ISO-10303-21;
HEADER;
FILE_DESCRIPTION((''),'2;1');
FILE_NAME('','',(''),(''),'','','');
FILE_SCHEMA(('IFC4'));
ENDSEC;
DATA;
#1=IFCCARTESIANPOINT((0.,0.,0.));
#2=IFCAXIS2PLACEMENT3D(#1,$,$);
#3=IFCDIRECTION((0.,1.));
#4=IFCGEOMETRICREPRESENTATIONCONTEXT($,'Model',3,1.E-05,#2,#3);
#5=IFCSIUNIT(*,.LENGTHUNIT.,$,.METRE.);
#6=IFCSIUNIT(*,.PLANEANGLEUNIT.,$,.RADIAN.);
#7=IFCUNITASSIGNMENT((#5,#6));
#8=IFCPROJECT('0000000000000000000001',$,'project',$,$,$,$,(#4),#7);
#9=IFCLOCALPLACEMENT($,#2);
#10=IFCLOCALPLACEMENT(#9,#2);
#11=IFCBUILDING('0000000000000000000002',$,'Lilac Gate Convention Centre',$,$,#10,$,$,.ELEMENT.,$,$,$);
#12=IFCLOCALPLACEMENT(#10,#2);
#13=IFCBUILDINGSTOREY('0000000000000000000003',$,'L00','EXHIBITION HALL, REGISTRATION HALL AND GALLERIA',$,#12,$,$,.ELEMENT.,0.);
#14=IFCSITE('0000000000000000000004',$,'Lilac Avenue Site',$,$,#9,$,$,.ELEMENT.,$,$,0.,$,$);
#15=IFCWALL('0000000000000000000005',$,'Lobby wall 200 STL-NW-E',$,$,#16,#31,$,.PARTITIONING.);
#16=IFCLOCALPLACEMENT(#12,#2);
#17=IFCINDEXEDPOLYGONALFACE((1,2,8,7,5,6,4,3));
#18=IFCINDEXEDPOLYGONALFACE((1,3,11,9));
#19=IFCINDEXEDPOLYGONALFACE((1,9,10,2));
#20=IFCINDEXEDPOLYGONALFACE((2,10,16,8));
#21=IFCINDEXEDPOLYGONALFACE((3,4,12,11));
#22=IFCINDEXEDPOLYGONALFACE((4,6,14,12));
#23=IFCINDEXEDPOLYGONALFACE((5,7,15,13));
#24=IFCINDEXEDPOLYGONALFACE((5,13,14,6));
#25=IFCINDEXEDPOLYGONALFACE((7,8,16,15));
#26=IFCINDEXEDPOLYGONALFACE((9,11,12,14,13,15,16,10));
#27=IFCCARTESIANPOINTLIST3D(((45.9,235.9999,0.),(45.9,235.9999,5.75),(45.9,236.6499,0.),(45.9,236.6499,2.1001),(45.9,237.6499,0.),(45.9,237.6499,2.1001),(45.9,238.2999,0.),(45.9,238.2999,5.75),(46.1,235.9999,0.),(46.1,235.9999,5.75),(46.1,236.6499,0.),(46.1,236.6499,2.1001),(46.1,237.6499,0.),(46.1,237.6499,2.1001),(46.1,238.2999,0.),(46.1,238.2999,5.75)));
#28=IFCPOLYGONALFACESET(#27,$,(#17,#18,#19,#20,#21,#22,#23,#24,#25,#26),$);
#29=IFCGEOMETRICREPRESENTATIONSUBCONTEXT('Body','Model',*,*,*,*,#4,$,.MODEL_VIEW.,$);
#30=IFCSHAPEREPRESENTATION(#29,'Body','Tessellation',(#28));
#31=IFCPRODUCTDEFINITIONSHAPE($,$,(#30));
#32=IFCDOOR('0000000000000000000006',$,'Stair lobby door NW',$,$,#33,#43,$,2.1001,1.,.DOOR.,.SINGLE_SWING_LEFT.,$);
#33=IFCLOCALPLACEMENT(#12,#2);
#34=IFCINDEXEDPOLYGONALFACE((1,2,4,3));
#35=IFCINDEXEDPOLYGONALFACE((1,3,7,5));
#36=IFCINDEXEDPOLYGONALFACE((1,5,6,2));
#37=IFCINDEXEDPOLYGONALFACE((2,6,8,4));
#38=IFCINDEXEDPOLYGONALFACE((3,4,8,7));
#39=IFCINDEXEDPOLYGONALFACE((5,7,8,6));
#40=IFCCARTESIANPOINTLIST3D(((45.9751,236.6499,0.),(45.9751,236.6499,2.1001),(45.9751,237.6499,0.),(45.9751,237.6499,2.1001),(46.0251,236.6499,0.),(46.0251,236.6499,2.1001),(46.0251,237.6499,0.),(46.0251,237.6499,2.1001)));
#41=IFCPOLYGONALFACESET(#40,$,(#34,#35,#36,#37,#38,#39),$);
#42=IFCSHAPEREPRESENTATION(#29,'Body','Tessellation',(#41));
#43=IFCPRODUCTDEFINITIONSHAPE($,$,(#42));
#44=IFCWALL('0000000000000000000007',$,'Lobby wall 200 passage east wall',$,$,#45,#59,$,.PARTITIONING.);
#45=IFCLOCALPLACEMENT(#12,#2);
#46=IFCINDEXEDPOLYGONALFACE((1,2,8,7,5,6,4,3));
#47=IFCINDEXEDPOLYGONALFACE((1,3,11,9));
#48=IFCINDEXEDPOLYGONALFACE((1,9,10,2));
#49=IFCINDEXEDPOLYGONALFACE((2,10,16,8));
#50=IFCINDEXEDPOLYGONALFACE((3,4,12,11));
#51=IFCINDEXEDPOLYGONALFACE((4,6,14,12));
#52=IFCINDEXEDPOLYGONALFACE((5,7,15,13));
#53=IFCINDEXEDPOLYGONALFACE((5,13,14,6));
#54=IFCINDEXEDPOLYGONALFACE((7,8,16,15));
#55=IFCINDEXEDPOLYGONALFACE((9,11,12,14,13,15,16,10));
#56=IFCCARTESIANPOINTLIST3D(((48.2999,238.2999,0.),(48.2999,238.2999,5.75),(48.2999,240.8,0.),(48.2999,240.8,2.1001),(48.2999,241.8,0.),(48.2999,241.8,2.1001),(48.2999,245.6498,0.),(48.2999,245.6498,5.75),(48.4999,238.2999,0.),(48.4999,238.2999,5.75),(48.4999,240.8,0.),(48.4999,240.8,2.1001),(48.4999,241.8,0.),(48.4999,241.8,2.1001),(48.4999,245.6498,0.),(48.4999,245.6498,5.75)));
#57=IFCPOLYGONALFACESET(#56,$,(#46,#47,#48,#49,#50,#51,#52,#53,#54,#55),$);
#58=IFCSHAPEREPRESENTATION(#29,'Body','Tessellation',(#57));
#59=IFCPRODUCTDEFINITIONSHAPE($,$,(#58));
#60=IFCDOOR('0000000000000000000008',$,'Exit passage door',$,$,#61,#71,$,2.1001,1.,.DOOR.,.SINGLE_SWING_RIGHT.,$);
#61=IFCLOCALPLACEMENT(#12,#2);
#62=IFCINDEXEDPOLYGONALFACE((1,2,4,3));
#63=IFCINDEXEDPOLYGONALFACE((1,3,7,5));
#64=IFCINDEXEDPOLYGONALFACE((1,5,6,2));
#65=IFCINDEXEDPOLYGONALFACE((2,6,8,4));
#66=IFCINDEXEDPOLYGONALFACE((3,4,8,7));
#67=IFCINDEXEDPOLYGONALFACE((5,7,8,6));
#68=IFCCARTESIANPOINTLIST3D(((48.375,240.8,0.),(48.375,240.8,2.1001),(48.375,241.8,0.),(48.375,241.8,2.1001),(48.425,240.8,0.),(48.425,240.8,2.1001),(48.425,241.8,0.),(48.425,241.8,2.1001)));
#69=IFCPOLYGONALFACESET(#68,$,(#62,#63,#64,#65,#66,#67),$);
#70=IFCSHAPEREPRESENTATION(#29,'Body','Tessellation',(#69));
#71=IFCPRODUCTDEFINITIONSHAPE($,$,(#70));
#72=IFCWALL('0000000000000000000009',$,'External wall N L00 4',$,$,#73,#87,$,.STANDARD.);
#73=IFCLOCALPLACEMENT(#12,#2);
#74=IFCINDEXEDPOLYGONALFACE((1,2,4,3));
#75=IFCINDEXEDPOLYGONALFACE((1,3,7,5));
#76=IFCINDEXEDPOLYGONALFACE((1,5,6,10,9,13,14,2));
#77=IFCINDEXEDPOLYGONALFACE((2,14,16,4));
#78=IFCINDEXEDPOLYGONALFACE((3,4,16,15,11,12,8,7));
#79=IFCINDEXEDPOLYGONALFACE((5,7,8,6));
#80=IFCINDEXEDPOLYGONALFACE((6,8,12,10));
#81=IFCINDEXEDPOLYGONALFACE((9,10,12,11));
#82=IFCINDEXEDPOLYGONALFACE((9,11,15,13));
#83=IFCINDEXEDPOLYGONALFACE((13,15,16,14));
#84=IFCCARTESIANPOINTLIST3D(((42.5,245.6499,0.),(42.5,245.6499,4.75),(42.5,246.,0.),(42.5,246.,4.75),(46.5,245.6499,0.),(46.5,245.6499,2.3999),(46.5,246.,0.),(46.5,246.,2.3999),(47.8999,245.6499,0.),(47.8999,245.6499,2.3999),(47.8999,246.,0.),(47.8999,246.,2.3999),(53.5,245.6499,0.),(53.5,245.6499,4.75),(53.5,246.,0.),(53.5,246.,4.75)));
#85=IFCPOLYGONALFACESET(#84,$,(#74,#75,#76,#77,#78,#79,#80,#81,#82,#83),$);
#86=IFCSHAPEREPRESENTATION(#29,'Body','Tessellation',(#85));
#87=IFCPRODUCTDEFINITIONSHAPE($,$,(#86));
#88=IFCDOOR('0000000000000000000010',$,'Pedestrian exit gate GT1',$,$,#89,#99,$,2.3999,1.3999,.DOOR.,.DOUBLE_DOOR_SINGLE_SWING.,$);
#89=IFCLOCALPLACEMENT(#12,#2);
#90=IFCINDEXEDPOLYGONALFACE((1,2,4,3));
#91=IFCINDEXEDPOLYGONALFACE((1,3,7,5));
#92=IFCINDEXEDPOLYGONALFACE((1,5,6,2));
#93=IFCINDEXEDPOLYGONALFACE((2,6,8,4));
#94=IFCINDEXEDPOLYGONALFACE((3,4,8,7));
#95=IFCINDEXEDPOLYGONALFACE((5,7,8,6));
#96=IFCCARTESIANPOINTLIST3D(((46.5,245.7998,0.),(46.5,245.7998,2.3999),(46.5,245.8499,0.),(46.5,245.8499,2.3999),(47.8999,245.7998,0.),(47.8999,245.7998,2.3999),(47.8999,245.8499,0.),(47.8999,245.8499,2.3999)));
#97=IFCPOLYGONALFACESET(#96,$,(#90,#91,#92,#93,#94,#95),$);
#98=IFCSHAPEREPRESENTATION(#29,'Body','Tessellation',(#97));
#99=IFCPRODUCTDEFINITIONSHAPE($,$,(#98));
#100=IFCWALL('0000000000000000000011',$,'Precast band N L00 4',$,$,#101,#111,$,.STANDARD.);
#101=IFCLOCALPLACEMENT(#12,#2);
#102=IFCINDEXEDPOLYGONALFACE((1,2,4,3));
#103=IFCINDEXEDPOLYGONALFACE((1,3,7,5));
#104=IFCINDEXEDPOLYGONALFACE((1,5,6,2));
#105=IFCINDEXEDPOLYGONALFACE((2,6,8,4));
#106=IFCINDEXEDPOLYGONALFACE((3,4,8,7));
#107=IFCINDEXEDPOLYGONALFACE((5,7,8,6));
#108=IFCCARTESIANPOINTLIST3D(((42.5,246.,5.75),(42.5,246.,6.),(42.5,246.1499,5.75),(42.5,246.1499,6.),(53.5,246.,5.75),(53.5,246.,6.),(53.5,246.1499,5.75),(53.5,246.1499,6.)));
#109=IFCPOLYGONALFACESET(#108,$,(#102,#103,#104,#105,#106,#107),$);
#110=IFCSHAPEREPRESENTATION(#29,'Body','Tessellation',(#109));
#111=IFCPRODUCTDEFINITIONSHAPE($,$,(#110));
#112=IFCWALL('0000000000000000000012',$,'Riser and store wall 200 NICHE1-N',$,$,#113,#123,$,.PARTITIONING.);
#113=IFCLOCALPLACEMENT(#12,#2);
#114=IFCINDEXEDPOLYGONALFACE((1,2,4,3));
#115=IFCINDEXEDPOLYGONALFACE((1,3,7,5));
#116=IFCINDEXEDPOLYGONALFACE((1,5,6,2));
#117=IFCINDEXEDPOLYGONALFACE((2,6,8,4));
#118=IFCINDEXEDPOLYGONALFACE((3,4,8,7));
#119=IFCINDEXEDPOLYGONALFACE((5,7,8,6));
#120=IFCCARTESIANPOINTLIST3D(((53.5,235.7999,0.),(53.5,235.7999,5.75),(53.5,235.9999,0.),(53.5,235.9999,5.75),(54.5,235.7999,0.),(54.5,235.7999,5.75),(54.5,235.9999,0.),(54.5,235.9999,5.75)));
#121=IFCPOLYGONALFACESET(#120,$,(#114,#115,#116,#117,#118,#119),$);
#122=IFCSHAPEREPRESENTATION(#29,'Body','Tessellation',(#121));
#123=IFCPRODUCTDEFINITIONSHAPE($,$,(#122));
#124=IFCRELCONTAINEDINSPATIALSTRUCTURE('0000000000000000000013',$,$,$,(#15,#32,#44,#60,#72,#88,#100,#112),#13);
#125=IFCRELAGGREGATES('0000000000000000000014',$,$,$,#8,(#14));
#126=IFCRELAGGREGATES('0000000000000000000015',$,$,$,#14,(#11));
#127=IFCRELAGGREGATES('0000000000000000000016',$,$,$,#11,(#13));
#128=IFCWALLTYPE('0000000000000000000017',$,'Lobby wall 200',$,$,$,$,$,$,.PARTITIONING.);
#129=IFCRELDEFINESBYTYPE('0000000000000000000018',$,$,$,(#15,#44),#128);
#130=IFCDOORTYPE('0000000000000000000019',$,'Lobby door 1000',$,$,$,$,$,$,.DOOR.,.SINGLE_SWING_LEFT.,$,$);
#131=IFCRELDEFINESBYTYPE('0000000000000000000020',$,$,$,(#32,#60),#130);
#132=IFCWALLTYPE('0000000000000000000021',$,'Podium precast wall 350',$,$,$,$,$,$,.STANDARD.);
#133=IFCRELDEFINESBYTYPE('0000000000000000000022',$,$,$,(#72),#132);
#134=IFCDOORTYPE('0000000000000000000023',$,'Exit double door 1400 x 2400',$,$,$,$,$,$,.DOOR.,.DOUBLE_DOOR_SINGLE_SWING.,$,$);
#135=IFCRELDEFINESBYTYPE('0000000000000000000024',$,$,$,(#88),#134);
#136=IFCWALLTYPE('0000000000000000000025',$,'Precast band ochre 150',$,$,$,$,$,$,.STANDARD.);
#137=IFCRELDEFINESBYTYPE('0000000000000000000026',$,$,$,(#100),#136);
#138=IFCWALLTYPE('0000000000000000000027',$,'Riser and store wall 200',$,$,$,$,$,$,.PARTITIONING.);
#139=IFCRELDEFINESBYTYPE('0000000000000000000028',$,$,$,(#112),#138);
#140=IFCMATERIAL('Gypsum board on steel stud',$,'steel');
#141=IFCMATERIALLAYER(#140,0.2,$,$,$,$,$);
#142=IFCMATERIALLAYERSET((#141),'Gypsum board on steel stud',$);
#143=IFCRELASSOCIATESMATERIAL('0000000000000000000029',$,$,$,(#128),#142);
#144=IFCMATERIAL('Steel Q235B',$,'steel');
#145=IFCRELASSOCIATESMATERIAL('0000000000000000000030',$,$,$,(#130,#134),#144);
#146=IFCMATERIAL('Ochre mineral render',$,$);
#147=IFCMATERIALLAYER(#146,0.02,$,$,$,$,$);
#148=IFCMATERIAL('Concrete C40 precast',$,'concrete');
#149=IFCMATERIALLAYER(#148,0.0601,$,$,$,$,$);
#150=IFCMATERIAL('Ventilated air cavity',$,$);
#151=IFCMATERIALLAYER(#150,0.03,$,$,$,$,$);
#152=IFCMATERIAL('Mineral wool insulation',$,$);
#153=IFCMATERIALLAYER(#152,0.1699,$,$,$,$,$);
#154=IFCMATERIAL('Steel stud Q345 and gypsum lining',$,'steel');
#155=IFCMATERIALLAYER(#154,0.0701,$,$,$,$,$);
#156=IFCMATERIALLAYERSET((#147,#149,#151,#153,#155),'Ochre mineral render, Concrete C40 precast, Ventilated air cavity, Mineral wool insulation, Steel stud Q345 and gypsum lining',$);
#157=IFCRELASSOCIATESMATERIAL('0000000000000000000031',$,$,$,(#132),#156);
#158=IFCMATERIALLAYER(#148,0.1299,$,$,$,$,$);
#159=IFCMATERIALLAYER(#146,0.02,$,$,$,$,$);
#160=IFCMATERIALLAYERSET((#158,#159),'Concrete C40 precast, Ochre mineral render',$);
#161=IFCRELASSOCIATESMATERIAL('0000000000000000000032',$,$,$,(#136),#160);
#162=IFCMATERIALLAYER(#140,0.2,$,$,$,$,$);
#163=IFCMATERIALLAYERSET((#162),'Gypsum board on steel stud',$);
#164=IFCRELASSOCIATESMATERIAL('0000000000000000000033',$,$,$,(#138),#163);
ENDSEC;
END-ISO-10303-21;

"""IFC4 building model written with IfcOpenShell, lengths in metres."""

from ifc_helpers import new_model, si_unit, direction, frame, frame_2d, origin, place, context, subcontext, project, spatial, rectangle, extrude, material, layer, layer_set, type_object, element, fill, save


model = new_model("IFC4")

# Units and contexts
model_context = context("Model", 3, precision=1e-05, world=origin(), true_north=direction((0.0, 1.0)))
body_context = subcontext(model_context, "Body", "Model", "MODEL_VIEW")
ifc_project = project(units=[si_unit("LENGTHUNIT", "METRE"), si_unit("PLANEANGLEUNIT", "RADIAN")], contexts=[model_context])

# Site, building, storey
site_placement = place(None, origin())
site = spatial("IfcSite", under=ifc_project, at=site_placement, Name="Lilac Avenue Site", CompositionType="ELEMENT", RefElevation=0.0)
building_placement = place(site_placement, origin())
building = spatial("IfcBuilding", under=site, at=building_placement, Name="Lilac Gate Convention Centre", CompositionType="ELEMENT")
storey_placement = place(building_placement, origin())
storey = spatial("IfcBuildingStorey", under=building, at=storey_placement, Name="L00", Description="EXHIBITION HALL, REGISTRATION HALL AND GALLERIA", CompositionType="ELEMENT", Elevation=0.0)

# Shared definitions
ifc_material_1 = material(Name="Steel Q235B", Category="steel")

# Walls, openings, doors
ifc_material_2 = material(Name="Gypsum board on steel stud", Category="steel")
ifc_layer_1 = layer(ifc_material_2, 0.2)
ifc_layer_set_1 = layer_set([ifc_layer_1], Name="Gypsum board on steel stud")
wall_type_1 = type_object("IfcWallType", Name="Lobby wall 200", PredefinedType="PARTITIONING", material=ifc_layer_set_1)
wall_1_placement = place(storey_placement, frame((46.0, 236.0, 0.0), z_axis=(0.0, 0.0, 1.0), x_axis=(0.0, 1.0, 0.0)))
wall_1 = element("IfcWall", 1, at=wall_1_placement, inside=storey, type_object=wall_type_1, Name="Lobby wall 200 STL-NW-E", PredefinedType="PARTITIONING", context=body_context, shape_type="SweptSolid", body=[
    extrude(rectangle(XDim=2.3, YDim=0.2, at=frame_2d((1.1499, 0.0))), origin(), (0.0, 0.0, 1.0), 5.75),
])
opening_1_placement = place(wall_1_placement, frame((0.6499, 0.0, 0.0)))
opening_1 = element("IfcOpeningElement", 2, at=opening_1_placement, cuts=wall_1, PredefinedType="OPENING", context=body_context, shape_type="SweptSolid", body=[
    extrude(rectangle(XDim=1.0, YDim=2.1001, at=frame_2d((0.5, 1.05))), frame((0.0, 0.1099, 0.0), z_axis=(0.0, -1.0, 0.0), x_axis=(1.0, 0.0, 0.0)), (0.0, 0.0, 1.0), 0.22),
])
door_type_1 = type_object("IfcDoorType", Name="Lobby door 1000", OperationType="SINGLE_SWING_LEFT", PredefinedType="DOOR", material=ifc_material_1)
door_1_placement = place(opening_1_placement, origin())
door_1 = element("IfcDoor", 3, at=door_1_placement, inside=storey, type_object=door_type_1, Name="Stair lobby door NW", OperationType="SINGLE_SWING_LEFT", OverallHeight=2.1001, OverallWidth=1.0, PredefinedType="DOOR", context=body_context, shape_type="SweptSolid", body=[
    extrude(rectangle(XDim=1.0, YDim=2.1001, at=frame_2d((0.5, 1.05))), frame((0.0, 0.0249, 0.0), z_axis=(0.0, -1.0, 0.0), x_axis=(1.0, 0.0, 0.0)), (0.0, 0.0, 1.0), 0.05),
])
fill(opening_1, door_1)
wall_2_placement = place(storey_placement, frame((48.3999, 238.3, 0.0), z_axis=(0.0, 0.0, 1.0), x_axis=(0.0, 1.0, 0.0)))
wall_2 = element("IfcWall", 4, at=wall_2_placement, inside=storey, type_object=wall_type_1, Name="Lobby wall 200 passage east wall", PredefinedType="PARTITIONING", context=body_context, shape_type="SweptSolid", body=[
    extrude(rectangle(XDim=7.3499, YDim=0.2, at=frame_2d((3.6748, 0.0))), origin(), (0.0, 0.0, 1.0), 5.75),
])
opening_2_placement = place(wall_2_placement, frame((2.5, 0.0, 0.0)))
opening_2 = element("IfcOpeningElement", 5, at=opening_2_placement, cuts=wall_2, PredefinedType="OPENING", context=body_context, shape_type="SweptSolid", body=[
    extrude(rectangle(XDim=1.0, YDim=2.1001, at=frame_2d((0.5, 1.05))), frame((0.0, 0.1099, 0.0), z_axis=(0.0, -1.0, 0.0), x_axis=(1.0, 0.0, 0.0)), (0.0, 0.0, 1.0), 0.22),
])
door_2_placement = place(opening_2_placement, origin())
door_2 = element("IfcDoor", 6, at=door_2_placement, inside=storey, type_object=door_type_1, Name="Exit passage door", OperationType="SINGLE_SWING_RIGHT", OverallHeight=2.1001, OverallWidth=1.0, PredefinedType="DOOR", context=body_context, shape_type="SweptSolid", body=[
    extrude(rectangle(XDim=1.0, YDim=2.1001, at=frame_2d((0.5, 1.05))), frame((0.0, 0.0249, 0.0), z_axis=(0.0, -1.0, 0.0), x_axis=(1.0, 0.0, 0.0)), (0.0, 0.0, 1.0), 0.05),
])
fill(opening_2, door_2)
ifc_material_3 = material(Name="Ochre mineral render")
ifc_layer_2 = layer(ifc_material_3, 0.02)
ifc_material_4 = material(Name="Concrete C40 precast", Category="concrete")
ifc_layer_3 = layer(ifc_material_4, 0.0601)
ifc_material_5 = material(Name="Ventilated air cavity")
ifc_layer_4 = layer(ifc_material_5, 0.03)
ifc_material_6 = material(Name="Mineral wool insulation")
ifc_layer_5 = layer(ifc_material_6, 0.1699)
ifc_material_7 = material(Name="Steel stud Q345 and gypsum lining", Category="steel")
ifc_layer_6 = layer(ifc_material_7, 0.0701)
ifc_layer_set_2 = layer_set([ifc_layer_2, ifc_layer_3, ifc_layer_4, ifc_layer_5, ifc_layer_6], Name="Ochre mineral render, Concrete C40 precast, Ventilated air cavity, Mineral wool insulation, Steel stud Q345 and gypsum lining")
wall_type_2 = type_object("IfcWallType", Name="Podium precast wall 350", PredefinedType="STANDARD", material=ifc_layer_set_2)
wall_3_placement = place(storey_placement, frame((53.5, 245.825, 0.0), z_axis=(0.0, 0.0, 1.0), x_axis=(-1.0, 0.0, 0.0)))
wall_3 = element("IfcWall", 7, at=wall_3_placement, inside=storey, type_object=wall_type_2, Name="External wall N L00 4", PredefinedType="STANDARD", context=body_context, shape_type="SweptSolid", body=[
    extrude(rectangle(XDim=11.0, YDim=0.3501, at=frame_2d((5.5, 0.0))), origin(), (0.0, 0.0, 1.0), 4.75),
])
opening_3_placement = place(wall_3_placement, frame((5.6001, 0.0, 0.0)))
opening_3 = element("IfcOpeningElement", 8, at=opening_3_placement, cuts=wall_3, PredefinedType="OPENING", context=body_context, shape_type="SweptSolid", body=[
    extrude(rectangle(XDim=1.3999, YDim=2.3999, at=frame_2d((0.7, 1.2))), frame((0.0, 0.1851, 0.0), z_axis=(0.0, -1.0, 0.0), x_axis=(1.0, 0.0, 0.0)), (0.0, 0.0, 1.0), 0.3701),
])
door_type_2 = type_object("IfcDoorType", Name="Exit double door 1400 x 2400", OperationType="DOUBLE_DOOR_SINGLE_SWING", PredefinedType="DOOR", material=ifc_material_1)
door_3_placement = place(opening_3_placement, frame((1.3999, 0.0, 0.0), z_axis=(0.0, 0.0, 1.0), x_axis=(-1.0, 0.0, 0.0)))
door_3 = element("IfcDoor", 9, at=door_3_placement, inside=storey, type_object=door_type_2, Name="Pedestrian exit gate GT1", OperationType="DOUBLE_DOOR_SINGLE_SWING", OverallHeight=2.3999, OverallWidth=1.3999, PredefinedType="DOOR", context=body_context, shape_type="SweptSolid", body=[
    extrude(rectangle(XDim=1.3999, YDim=2.3999, at=frame_2d((0.7, 1.2))), frame((0.0, 0.0249, 0.0), z_axis=(0.0, -1.0, 0.0), x_axis=(1.0, 0.0, 0.0)), (0.0, 0.0, 1.0), 0.05),
])
fill(opening_3, door_3)

# Walls
ifc_layer_7 = layer(ifc_material_4, 0.1299)
ifc_layer_8 = layer(ifc_material_3, 0.02)
ifc_layer_set_3 = layer_set([ifc_layer_7, ifc_layer_8], Name="Concrete C40 precast, Ochre mineral render")
wall_type_3 = type_object("IfcWallType", Name="Precast band ochre 150", PredefinedType="STANDARD", material=ifc_layer_set_3)
wall_4_placement = place(storey_placement, frame((53.5, 246.075, 5.75), z_axis=(0.0, 0.0, 1.0), x_axis=(-1.0, 0.0, 0.0)))
element("IfcWall", 10, at=wall_4_placement, inside=storey, type_object=wall_type_3, Name="Precast band N L00 4", PredefinedType="STANDARD", context=body_context, shape_type="SweptSolid", body=[
    extrude(rectangle(XDim=11.0, YDim=0.1499, at=frame_2d((5.5, 0.0))), origin(), (0.0, 0.0, 1.0), 0.25),
])
ifc_layer_9 = layer(ifc_material_2, 0.2)
ifc_layer_set_4 = layer_set([ifc_layer_9], Name="Gypsum board on steel stud")
wall_type_4 = type_object("IfcWallType", Name="Riser and store wall 200", PredefinedType="PARTITIONING", material=ifc_layer_set_4)
wall_5_placement = place(storey_placement, frame((53.5, 235.8999, 0.0), z_axis=(0.0, 0.0, 1.0), x_axis=(1.0, 0.0, 0.0)))
element("IfcWall", 11, at=wall_5_placement, inside=storey, type_object=wall_type_4, Name="Riser and store wall 200 NICHE1-N", PredefinedType="PARTITIONING", context=body_context, shape_type="SweptSolid", body=[
    extrude(rectangle(XDim=1.0, YDim=0.2, at=frame_2d((0.5, 0.0))), origin(), (0.0, 0.0, 1.0), 5.75),
])

save(model, "model.ifc")
